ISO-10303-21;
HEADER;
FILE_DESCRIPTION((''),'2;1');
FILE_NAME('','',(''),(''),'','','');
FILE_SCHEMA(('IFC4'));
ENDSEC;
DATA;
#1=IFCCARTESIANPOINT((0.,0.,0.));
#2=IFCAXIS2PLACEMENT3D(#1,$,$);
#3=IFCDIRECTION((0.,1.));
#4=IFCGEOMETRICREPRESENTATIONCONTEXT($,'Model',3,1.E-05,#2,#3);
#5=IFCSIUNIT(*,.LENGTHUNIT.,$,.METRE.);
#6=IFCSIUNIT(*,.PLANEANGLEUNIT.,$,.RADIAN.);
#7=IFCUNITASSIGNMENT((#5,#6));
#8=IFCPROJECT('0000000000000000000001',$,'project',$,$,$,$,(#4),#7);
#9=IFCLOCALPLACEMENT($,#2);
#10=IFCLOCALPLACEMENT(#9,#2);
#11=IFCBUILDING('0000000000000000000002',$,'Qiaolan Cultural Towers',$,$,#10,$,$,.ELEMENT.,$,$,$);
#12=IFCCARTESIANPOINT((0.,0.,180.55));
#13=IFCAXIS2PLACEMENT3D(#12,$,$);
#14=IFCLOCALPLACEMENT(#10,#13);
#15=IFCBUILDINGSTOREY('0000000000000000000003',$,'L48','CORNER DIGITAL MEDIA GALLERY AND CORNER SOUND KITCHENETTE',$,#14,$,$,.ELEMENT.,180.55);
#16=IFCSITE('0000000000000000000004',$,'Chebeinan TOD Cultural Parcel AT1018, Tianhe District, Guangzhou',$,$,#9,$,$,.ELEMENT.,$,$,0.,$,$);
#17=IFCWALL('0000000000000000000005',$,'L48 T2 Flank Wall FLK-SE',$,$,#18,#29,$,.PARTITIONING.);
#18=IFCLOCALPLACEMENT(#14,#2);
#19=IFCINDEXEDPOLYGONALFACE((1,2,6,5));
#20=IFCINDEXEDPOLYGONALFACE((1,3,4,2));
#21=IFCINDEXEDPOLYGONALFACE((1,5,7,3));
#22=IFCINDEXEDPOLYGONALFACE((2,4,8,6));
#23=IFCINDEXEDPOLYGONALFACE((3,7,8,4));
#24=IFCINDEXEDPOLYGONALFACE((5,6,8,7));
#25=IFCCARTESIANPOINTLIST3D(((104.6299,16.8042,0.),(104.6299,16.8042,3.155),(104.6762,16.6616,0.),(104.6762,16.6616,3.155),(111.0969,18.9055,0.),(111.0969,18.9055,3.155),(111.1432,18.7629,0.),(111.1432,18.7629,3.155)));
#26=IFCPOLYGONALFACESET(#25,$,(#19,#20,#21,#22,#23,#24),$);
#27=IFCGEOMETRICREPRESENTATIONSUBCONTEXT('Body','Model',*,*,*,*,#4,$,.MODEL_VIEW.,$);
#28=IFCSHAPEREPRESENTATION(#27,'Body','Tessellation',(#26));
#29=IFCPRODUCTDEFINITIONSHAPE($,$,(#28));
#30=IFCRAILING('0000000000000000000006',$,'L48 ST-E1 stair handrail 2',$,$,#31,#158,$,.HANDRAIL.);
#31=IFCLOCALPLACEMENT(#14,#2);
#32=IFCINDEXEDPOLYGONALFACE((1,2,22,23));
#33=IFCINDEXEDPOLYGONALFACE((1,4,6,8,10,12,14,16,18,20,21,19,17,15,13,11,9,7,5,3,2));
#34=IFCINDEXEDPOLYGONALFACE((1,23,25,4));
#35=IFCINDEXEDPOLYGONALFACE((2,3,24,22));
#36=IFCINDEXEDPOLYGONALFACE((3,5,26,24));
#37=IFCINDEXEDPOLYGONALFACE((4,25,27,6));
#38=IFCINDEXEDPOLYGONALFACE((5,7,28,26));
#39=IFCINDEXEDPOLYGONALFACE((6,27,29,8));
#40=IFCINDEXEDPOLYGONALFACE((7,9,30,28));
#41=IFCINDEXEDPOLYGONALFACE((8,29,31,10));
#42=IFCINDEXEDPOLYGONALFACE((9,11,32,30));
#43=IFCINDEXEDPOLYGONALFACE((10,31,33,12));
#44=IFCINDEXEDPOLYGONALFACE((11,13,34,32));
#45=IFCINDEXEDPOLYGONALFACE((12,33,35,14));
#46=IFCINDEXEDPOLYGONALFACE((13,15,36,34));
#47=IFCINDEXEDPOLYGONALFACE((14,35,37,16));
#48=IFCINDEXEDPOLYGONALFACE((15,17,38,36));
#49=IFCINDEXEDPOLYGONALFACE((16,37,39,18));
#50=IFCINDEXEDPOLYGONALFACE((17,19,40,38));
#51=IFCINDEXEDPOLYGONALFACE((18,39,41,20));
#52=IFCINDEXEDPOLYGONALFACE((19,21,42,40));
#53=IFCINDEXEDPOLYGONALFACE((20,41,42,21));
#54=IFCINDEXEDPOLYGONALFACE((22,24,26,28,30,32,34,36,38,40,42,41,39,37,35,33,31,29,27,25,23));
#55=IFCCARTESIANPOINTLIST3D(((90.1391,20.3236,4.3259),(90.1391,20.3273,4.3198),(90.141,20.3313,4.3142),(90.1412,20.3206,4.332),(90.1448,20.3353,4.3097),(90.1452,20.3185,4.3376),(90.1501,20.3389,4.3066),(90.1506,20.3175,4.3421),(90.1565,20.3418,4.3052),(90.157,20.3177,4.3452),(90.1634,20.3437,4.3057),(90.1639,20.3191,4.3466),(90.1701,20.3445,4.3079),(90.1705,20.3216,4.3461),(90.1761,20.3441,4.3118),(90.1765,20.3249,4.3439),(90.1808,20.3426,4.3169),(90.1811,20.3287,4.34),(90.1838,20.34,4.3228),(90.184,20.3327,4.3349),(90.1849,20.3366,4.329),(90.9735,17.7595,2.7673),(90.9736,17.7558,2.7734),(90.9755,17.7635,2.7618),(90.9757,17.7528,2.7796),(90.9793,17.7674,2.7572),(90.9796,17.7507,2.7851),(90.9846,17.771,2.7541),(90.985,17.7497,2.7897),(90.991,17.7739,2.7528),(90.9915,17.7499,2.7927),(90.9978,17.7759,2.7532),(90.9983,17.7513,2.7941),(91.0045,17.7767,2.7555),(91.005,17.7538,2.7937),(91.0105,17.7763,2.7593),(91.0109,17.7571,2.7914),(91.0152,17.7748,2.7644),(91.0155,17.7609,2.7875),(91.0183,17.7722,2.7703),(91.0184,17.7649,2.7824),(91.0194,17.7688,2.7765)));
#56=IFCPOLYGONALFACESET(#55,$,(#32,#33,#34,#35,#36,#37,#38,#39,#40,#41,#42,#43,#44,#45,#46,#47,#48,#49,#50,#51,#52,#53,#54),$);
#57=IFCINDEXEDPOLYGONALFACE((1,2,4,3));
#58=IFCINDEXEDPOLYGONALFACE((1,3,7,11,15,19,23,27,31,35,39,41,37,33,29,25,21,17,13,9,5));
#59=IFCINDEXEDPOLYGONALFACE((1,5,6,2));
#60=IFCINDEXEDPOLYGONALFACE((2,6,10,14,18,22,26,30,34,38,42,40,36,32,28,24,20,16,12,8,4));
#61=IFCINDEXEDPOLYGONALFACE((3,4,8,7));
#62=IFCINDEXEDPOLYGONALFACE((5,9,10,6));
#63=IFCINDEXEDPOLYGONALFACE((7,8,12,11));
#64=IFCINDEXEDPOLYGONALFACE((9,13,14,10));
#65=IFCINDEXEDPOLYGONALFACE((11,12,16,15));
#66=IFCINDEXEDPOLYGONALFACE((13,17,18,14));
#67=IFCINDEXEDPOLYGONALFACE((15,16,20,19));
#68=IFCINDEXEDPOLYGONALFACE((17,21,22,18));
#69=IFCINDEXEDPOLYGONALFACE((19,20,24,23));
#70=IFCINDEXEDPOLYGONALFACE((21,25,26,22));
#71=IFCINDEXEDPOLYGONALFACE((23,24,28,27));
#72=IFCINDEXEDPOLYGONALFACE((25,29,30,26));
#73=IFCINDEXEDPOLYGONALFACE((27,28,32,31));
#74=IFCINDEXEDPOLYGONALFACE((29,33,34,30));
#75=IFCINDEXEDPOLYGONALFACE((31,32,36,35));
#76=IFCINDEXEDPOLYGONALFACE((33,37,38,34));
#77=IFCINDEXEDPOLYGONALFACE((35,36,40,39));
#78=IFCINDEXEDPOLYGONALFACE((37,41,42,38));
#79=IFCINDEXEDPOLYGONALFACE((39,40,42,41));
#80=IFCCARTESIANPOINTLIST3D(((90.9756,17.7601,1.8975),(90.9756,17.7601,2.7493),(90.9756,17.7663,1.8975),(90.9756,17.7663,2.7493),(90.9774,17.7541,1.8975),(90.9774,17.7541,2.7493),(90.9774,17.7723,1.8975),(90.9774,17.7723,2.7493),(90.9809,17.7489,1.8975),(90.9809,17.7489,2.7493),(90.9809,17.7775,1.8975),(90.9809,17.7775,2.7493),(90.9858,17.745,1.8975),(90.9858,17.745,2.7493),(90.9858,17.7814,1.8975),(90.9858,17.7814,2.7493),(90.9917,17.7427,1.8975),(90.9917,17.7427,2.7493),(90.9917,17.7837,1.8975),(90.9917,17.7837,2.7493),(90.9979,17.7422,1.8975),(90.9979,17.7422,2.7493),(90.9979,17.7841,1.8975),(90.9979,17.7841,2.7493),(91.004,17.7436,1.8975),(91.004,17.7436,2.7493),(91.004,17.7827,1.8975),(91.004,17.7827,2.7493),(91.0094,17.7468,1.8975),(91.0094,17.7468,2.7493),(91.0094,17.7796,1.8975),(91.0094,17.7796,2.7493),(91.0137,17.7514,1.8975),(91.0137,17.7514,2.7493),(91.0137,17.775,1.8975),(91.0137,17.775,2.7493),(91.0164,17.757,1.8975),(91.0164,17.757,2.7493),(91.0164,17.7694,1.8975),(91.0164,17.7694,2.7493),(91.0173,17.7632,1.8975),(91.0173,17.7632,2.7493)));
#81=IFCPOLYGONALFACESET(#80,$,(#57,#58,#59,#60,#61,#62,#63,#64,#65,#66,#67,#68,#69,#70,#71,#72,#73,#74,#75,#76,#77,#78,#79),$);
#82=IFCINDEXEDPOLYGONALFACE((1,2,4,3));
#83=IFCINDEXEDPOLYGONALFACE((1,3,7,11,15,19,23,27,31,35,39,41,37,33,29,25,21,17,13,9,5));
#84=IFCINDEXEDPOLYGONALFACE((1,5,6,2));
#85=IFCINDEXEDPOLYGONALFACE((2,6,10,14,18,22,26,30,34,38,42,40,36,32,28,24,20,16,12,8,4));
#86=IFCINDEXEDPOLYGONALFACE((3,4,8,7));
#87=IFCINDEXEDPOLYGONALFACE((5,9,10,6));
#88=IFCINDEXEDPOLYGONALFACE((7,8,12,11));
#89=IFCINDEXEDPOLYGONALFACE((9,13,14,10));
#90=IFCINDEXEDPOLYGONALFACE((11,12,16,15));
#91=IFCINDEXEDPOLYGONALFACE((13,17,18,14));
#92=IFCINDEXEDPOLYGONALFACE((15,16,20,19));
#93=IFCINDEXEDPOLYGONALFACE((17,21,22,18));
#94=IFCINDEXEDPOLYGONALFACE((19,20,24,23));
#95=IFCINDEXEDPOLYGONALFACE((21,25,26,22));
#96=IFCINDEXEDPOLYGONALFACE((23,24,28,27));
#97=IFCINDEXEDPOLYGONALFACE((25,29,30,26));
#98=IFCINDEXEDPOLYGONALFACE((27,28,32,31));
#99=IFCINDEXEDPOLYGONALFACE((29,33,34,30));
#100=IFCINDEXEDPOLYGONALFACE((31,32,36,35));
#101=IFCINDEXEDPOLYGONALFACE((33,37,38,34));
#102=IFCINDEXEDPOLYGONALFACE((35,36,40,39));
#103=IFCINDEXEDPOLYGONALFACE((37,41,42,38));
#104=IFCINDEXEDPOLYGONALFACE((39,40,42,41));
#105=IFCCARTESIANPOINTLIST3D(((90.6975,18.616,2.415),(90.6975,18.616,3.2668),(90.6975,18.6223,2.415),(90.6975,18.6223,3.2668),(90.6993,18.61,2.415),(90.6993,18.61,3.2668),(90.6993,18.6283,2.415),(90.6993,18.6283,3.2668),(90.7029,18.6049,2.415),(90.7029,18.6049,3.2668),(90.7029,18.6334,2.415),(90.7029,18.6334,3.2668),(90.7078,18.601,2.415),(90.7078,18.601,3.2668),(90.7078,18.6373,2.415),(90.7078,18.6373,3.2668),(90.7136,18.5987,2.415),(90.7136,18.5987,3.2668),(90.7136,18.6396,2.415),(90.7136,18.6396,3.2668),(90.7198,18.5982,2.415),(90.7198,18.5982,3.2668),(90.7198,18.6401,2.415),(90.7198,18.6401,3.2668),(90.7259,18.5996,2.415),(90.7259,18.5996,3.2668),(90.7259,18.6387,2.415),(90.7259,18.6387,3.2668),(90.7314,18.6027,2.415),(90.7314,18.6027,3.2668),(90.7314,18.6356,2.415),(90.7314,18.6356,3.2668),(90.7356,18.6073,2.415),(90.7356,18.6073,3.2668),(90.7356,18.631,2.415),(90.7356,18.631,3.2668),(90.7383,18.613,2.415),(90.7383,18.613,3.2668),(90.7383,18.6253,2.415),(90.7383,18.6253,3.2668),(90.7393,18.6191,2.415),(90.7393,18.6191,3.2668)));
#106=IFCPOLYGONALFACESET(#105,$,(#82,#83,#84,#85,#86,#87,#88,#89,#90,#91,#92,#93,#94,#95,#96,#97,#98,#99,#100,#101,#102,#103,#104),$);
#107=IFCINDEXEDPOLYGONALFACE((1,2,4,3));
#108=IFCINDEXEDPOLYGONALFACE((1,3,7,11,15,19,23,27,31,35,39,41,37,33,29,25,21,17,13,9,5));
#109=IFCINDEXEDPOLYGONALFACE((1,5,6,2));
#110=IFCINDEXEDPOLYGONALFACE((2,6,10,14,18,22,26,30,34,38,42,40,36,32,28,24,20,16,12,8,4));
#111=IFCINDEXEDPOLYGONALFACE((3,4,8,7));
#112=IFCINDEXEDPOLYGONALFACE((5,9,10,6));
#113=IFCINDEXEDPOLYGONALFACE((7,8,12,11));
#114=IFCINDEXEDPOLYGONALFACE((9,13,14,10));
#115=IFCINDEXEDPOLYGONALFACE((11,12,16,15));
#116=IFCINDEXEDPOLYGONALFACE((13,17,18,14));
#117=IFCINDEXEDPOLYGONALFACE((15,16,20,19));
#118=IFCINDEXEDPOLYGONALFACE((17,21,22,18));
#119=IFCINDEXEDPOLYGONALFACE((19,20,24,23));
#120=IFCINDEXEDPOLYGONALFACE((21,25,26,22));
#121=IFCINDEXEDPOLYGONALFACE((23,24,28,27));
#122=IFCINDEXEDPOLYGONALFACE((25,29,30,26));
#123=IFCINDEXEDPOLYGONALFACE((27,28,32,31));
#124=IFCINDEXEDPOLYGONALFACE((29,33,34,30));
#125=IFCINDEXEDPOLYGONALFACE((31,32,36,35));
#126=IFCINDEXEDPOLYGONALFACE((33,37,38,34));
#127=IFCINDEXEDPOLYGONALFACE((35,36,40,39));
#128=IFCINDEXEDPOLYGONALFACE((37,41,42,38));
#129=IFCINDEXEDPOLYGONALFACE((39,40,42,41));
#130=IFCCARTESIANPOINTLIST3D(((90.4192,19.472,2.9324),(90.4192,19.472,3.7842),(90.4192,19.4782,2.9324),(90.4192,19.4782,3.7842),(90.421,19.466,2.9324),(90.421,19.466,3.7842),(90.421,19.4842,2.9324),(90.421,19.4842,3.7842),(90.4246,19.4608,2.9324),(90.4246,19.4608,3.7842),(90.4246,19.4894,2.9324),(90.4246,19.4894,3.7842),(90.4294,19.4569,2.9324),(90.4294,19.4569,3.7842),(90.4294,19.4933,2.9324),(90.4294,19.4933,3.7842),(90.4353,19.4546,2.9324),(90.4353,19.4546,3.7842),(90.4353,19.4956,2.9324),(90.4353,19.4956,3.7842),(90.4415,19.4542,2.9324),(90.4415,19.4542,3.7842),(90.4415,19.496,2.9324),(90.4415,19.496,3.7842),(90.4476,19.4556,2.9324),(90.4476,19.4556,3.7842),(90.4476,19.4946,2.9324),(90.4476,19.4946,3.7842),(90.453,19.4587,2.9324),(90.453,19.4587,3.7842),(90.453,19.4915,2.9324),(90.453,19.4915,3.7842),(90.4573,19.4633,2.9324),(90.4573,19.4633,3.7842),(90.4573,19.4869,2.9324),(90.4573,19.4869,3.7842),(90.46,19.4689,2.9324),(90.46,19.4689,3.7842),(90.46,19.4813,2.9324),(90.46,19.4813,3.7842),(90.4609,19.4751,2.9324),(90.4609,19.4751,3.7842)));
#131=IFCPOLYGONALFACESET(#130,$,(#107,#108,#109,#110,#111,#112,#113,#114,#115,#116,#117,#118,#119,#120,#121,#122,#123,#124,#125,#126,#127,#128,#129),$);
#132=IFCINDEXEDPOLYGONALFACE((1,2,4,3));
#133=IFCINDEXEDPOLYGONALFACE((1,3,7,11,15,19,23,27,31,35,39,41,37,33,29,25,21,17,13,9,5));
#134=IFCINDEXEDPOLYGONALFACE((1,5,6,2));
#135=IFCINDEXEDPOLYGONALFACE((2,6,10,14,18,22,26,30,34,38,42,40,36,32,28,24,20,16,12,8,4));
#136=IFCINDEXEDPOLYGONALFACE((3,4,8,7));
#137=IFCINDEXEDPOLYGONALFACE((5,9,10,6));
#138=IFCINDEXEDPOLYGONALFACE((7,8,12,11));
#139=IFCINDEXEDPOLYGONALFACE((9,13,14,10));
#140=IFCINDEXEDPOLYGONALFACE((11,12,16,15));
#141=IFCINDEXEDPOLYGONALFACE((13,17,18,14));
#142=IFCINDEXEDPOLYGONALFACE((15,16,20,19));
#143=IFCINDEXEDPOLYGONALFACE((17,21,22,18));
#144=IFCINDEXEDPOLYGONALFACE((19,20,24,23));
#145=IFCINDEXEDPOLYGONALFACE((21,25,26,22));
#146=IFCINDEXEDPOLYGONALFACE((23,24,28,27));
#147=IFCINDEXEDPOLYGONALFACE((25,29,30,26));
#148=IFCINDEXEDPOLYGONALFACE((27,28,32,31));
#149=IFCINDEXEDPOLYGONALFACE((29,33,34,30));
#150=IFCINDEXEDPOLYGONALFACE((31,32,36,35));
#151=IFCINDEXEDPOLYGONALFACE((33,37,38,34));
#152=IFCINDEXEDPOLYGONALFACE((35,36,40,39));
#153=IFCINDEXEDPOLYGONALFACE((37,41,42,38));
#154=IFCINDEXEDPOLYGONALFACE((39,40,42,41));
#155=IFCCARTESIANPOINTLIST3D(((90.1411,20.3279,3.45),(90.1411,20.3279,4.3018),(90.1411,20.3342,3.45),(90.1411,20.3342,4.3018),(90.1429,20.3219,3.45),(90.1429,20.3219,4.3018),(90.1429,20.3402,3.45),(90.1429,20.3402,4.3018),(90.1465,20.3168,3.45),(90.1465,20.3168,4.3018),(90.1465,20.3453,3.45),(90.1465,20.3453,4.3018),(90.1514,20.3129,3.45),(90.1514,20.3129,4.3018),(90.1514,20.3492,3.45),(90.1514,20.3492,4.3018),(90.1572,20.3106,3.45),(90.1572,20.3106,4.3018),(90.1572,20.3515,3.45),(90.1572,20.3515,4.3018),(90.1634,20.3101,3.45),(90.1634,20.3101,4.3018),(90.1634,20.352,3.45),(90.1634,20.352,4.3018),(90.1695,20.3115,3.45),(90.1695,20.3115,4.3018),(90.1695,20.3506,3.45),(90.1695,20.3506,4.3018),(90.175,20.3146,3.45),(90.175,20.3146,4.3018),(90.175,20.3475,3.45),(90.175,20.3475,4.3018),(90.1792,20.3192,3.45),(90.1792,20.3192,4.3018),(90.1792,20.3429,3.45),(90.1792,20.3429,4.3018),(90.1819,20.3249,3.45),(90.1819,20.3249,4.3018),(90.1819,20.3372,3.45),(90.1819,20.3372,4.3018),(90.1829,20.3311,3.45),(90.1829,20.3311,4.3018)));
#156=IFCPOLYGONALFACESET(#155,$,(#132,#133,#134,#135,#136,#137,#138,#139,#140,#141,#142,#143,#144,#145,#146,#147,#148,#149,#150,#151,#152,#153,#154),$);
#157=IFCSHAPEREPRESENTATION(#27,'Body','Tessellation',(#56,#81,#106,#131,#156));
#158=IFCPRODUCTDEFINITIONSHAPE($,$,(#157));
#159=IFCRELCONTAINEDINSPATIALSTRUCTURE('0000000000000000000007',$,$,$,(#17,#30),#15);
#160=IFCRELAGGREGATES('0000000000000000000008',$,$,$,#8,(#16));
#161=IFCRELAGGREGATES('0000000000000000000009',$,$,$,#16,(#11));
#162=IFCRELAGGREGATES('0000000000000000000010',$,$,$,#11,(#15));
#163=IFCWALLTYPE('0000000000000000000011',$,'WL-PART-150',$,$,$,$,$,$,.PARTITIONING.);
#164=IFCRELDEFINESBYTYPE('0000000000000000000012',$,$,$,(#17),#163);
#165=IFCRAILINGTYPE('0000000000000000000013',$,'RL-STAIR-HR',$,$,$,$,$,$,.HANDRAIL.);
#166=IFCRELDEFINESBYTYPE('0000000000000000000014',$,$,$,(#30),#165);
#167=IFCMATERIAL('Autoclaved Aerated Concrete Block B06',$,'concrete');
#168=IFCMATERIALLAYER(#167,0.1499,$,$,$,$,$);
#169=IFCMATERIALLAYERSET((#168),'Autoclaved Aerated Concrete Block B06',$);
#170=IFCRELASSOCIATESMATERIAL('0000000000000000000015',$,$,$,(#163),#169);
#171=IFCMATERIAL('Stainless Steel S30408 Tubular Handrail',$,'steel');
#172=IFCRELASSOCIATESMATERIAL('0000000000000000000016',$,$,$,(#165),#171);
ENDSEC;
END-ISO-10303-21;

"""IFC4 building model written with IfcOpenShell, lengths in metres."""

from ifc_helpers import new_model, si_unit, direction, frame, frame_2d, origin, origin_2d, place, context, subcontext, project, spatial, rectangle, circle, extrude, material, layer, layer_set, type_object, element, save


model = new_model("IFC4")

# Units and contexts
model_context = context("Model", 3, precision=1e-05, world=origin(), true_north=direction((0.0, 1.0)))
body_context = subcontext(model_context, "Body", "Model", "MODEL_VIEW")
ifc_project = project(units=[si_unit("LENGTHUNIT", "METRE"), si_unit("PLANEANGLEUNIT", "RADIAN")], contexts=[model_context])

# Site, building, storey
site_placement = place(None, origin())
site = spatial("IfcSite", under=ifc_project, at=site_placement, Name="Chebeinan TOD Cultural Parcel AT1018, Tianhe District, Guangzhou", CompositionType="ELEMENT", RefElevation=0.0)
building_placement = place(site_placement, origin())
building = spatial("IfcBuilding", under=site, at=building_placement, Name="Qiaolan Cultural Towers", CompositionType="ELEMENT")
storey_placement = place(building_placement, frame((0.0, 0.0, 180.55)))
storey = spatial("IfcBuildingStorey", under=building, at=storey_placement, Name="L48", Description="CORNER DIGITAL MEDIA GALLERY AND CORNER SOUND KITCHENETTE", CompositionType="ELEMENT", Elevation=180.55)

# Shared definitions
ifc_material_1 = material(Name="Autoclaved Aerated Concrete Block B06", Category="concrete")
ifc_layer_1 = layer(ifc_material_1, 0.1499)
ifc_layer_set_1 = layer_set([ifc_layer_1], Name="Autoclaved Aerated Concrete Block B06")
wall_type_1 = type_object("IfcWallType", Name="WL-PART-150", PredefinedType="PARTITIONING", material=ifc_layer_set_1)

# Wall
wall_1_placement = place(storey_placement, frame((104.6531, 16.7329, 0.0), z_axis=(0.0, 0.0, 1.0), x_axis=(0.951054, 0.309024, 0.0)))
element("IfcWall", 1, at=wall_1_placement, inside=storey, type_object=wall_type_1, Name="L48 T2 Flank Wall FLK-SE", PredefinedType="PARTITIONING", context=body_context, shape_type="SweptSolid", body=[
    extrude(rectangle(XDim=6.7998, YDim=0.1499, at=frame_2d((3.3999, 0.0))), origin(), (0.0, 0.0, 1.0), 3.155),
])

# Railing
ifc_material_2 = material(Name="Stainless Steel S30408 Tubular Handrail", Category="steel")
railing_type = type_object("IfcRailingType", Name="RL-STAIR-HR", PredefinedType="HANDRAIL", material=ifc_material_2)
railing_placement = place(storey_placement, frame((90.9963, 17.7632, 1.8975)))
element("IfcRailing", 2, at=railing_placement, inside=storey, type_object=railing_type, Name="L48 ST-E1 stair handrail 2", PredefinedType="HANDRAIL", context=body_context, shape_type="SweptSolid", body=[
    extrude(circle(Radius=0.0239, at=origin_2d()), frame((0.0, 0.0, 0.876), z_axis=(-0.267926, 0.824471, 0.498461), x_axis=(-0.951043, -0.309057, 0.0)), (0.0, 0.0, 1.0), 3.1145),
    extrude(circle(Radius=0.021, at=origin_2d()), origin(), (0.0, 0.0, 1.0), 0.8518),
    extrude(circle(Radius=0.021, at=origin_2d()), frame((-0.2781, 0.856, 0.5176)), (0.0, 0.0, 1.0), 0.8518),
    extrude(circle(Radius=0.021, at=origin_2d()), frame((-0.5564, 1.7119, 1.0349)), (0.0, 0.0, 1.0), 0.8518),
    extrude(circle(Radius=0.021, at=origin_2d()), frame((-0.8345, 2.5679, 1.5525)), (0.0, 0.0, 1.0), 0.8518),
])

save(model, "model.ifc")
